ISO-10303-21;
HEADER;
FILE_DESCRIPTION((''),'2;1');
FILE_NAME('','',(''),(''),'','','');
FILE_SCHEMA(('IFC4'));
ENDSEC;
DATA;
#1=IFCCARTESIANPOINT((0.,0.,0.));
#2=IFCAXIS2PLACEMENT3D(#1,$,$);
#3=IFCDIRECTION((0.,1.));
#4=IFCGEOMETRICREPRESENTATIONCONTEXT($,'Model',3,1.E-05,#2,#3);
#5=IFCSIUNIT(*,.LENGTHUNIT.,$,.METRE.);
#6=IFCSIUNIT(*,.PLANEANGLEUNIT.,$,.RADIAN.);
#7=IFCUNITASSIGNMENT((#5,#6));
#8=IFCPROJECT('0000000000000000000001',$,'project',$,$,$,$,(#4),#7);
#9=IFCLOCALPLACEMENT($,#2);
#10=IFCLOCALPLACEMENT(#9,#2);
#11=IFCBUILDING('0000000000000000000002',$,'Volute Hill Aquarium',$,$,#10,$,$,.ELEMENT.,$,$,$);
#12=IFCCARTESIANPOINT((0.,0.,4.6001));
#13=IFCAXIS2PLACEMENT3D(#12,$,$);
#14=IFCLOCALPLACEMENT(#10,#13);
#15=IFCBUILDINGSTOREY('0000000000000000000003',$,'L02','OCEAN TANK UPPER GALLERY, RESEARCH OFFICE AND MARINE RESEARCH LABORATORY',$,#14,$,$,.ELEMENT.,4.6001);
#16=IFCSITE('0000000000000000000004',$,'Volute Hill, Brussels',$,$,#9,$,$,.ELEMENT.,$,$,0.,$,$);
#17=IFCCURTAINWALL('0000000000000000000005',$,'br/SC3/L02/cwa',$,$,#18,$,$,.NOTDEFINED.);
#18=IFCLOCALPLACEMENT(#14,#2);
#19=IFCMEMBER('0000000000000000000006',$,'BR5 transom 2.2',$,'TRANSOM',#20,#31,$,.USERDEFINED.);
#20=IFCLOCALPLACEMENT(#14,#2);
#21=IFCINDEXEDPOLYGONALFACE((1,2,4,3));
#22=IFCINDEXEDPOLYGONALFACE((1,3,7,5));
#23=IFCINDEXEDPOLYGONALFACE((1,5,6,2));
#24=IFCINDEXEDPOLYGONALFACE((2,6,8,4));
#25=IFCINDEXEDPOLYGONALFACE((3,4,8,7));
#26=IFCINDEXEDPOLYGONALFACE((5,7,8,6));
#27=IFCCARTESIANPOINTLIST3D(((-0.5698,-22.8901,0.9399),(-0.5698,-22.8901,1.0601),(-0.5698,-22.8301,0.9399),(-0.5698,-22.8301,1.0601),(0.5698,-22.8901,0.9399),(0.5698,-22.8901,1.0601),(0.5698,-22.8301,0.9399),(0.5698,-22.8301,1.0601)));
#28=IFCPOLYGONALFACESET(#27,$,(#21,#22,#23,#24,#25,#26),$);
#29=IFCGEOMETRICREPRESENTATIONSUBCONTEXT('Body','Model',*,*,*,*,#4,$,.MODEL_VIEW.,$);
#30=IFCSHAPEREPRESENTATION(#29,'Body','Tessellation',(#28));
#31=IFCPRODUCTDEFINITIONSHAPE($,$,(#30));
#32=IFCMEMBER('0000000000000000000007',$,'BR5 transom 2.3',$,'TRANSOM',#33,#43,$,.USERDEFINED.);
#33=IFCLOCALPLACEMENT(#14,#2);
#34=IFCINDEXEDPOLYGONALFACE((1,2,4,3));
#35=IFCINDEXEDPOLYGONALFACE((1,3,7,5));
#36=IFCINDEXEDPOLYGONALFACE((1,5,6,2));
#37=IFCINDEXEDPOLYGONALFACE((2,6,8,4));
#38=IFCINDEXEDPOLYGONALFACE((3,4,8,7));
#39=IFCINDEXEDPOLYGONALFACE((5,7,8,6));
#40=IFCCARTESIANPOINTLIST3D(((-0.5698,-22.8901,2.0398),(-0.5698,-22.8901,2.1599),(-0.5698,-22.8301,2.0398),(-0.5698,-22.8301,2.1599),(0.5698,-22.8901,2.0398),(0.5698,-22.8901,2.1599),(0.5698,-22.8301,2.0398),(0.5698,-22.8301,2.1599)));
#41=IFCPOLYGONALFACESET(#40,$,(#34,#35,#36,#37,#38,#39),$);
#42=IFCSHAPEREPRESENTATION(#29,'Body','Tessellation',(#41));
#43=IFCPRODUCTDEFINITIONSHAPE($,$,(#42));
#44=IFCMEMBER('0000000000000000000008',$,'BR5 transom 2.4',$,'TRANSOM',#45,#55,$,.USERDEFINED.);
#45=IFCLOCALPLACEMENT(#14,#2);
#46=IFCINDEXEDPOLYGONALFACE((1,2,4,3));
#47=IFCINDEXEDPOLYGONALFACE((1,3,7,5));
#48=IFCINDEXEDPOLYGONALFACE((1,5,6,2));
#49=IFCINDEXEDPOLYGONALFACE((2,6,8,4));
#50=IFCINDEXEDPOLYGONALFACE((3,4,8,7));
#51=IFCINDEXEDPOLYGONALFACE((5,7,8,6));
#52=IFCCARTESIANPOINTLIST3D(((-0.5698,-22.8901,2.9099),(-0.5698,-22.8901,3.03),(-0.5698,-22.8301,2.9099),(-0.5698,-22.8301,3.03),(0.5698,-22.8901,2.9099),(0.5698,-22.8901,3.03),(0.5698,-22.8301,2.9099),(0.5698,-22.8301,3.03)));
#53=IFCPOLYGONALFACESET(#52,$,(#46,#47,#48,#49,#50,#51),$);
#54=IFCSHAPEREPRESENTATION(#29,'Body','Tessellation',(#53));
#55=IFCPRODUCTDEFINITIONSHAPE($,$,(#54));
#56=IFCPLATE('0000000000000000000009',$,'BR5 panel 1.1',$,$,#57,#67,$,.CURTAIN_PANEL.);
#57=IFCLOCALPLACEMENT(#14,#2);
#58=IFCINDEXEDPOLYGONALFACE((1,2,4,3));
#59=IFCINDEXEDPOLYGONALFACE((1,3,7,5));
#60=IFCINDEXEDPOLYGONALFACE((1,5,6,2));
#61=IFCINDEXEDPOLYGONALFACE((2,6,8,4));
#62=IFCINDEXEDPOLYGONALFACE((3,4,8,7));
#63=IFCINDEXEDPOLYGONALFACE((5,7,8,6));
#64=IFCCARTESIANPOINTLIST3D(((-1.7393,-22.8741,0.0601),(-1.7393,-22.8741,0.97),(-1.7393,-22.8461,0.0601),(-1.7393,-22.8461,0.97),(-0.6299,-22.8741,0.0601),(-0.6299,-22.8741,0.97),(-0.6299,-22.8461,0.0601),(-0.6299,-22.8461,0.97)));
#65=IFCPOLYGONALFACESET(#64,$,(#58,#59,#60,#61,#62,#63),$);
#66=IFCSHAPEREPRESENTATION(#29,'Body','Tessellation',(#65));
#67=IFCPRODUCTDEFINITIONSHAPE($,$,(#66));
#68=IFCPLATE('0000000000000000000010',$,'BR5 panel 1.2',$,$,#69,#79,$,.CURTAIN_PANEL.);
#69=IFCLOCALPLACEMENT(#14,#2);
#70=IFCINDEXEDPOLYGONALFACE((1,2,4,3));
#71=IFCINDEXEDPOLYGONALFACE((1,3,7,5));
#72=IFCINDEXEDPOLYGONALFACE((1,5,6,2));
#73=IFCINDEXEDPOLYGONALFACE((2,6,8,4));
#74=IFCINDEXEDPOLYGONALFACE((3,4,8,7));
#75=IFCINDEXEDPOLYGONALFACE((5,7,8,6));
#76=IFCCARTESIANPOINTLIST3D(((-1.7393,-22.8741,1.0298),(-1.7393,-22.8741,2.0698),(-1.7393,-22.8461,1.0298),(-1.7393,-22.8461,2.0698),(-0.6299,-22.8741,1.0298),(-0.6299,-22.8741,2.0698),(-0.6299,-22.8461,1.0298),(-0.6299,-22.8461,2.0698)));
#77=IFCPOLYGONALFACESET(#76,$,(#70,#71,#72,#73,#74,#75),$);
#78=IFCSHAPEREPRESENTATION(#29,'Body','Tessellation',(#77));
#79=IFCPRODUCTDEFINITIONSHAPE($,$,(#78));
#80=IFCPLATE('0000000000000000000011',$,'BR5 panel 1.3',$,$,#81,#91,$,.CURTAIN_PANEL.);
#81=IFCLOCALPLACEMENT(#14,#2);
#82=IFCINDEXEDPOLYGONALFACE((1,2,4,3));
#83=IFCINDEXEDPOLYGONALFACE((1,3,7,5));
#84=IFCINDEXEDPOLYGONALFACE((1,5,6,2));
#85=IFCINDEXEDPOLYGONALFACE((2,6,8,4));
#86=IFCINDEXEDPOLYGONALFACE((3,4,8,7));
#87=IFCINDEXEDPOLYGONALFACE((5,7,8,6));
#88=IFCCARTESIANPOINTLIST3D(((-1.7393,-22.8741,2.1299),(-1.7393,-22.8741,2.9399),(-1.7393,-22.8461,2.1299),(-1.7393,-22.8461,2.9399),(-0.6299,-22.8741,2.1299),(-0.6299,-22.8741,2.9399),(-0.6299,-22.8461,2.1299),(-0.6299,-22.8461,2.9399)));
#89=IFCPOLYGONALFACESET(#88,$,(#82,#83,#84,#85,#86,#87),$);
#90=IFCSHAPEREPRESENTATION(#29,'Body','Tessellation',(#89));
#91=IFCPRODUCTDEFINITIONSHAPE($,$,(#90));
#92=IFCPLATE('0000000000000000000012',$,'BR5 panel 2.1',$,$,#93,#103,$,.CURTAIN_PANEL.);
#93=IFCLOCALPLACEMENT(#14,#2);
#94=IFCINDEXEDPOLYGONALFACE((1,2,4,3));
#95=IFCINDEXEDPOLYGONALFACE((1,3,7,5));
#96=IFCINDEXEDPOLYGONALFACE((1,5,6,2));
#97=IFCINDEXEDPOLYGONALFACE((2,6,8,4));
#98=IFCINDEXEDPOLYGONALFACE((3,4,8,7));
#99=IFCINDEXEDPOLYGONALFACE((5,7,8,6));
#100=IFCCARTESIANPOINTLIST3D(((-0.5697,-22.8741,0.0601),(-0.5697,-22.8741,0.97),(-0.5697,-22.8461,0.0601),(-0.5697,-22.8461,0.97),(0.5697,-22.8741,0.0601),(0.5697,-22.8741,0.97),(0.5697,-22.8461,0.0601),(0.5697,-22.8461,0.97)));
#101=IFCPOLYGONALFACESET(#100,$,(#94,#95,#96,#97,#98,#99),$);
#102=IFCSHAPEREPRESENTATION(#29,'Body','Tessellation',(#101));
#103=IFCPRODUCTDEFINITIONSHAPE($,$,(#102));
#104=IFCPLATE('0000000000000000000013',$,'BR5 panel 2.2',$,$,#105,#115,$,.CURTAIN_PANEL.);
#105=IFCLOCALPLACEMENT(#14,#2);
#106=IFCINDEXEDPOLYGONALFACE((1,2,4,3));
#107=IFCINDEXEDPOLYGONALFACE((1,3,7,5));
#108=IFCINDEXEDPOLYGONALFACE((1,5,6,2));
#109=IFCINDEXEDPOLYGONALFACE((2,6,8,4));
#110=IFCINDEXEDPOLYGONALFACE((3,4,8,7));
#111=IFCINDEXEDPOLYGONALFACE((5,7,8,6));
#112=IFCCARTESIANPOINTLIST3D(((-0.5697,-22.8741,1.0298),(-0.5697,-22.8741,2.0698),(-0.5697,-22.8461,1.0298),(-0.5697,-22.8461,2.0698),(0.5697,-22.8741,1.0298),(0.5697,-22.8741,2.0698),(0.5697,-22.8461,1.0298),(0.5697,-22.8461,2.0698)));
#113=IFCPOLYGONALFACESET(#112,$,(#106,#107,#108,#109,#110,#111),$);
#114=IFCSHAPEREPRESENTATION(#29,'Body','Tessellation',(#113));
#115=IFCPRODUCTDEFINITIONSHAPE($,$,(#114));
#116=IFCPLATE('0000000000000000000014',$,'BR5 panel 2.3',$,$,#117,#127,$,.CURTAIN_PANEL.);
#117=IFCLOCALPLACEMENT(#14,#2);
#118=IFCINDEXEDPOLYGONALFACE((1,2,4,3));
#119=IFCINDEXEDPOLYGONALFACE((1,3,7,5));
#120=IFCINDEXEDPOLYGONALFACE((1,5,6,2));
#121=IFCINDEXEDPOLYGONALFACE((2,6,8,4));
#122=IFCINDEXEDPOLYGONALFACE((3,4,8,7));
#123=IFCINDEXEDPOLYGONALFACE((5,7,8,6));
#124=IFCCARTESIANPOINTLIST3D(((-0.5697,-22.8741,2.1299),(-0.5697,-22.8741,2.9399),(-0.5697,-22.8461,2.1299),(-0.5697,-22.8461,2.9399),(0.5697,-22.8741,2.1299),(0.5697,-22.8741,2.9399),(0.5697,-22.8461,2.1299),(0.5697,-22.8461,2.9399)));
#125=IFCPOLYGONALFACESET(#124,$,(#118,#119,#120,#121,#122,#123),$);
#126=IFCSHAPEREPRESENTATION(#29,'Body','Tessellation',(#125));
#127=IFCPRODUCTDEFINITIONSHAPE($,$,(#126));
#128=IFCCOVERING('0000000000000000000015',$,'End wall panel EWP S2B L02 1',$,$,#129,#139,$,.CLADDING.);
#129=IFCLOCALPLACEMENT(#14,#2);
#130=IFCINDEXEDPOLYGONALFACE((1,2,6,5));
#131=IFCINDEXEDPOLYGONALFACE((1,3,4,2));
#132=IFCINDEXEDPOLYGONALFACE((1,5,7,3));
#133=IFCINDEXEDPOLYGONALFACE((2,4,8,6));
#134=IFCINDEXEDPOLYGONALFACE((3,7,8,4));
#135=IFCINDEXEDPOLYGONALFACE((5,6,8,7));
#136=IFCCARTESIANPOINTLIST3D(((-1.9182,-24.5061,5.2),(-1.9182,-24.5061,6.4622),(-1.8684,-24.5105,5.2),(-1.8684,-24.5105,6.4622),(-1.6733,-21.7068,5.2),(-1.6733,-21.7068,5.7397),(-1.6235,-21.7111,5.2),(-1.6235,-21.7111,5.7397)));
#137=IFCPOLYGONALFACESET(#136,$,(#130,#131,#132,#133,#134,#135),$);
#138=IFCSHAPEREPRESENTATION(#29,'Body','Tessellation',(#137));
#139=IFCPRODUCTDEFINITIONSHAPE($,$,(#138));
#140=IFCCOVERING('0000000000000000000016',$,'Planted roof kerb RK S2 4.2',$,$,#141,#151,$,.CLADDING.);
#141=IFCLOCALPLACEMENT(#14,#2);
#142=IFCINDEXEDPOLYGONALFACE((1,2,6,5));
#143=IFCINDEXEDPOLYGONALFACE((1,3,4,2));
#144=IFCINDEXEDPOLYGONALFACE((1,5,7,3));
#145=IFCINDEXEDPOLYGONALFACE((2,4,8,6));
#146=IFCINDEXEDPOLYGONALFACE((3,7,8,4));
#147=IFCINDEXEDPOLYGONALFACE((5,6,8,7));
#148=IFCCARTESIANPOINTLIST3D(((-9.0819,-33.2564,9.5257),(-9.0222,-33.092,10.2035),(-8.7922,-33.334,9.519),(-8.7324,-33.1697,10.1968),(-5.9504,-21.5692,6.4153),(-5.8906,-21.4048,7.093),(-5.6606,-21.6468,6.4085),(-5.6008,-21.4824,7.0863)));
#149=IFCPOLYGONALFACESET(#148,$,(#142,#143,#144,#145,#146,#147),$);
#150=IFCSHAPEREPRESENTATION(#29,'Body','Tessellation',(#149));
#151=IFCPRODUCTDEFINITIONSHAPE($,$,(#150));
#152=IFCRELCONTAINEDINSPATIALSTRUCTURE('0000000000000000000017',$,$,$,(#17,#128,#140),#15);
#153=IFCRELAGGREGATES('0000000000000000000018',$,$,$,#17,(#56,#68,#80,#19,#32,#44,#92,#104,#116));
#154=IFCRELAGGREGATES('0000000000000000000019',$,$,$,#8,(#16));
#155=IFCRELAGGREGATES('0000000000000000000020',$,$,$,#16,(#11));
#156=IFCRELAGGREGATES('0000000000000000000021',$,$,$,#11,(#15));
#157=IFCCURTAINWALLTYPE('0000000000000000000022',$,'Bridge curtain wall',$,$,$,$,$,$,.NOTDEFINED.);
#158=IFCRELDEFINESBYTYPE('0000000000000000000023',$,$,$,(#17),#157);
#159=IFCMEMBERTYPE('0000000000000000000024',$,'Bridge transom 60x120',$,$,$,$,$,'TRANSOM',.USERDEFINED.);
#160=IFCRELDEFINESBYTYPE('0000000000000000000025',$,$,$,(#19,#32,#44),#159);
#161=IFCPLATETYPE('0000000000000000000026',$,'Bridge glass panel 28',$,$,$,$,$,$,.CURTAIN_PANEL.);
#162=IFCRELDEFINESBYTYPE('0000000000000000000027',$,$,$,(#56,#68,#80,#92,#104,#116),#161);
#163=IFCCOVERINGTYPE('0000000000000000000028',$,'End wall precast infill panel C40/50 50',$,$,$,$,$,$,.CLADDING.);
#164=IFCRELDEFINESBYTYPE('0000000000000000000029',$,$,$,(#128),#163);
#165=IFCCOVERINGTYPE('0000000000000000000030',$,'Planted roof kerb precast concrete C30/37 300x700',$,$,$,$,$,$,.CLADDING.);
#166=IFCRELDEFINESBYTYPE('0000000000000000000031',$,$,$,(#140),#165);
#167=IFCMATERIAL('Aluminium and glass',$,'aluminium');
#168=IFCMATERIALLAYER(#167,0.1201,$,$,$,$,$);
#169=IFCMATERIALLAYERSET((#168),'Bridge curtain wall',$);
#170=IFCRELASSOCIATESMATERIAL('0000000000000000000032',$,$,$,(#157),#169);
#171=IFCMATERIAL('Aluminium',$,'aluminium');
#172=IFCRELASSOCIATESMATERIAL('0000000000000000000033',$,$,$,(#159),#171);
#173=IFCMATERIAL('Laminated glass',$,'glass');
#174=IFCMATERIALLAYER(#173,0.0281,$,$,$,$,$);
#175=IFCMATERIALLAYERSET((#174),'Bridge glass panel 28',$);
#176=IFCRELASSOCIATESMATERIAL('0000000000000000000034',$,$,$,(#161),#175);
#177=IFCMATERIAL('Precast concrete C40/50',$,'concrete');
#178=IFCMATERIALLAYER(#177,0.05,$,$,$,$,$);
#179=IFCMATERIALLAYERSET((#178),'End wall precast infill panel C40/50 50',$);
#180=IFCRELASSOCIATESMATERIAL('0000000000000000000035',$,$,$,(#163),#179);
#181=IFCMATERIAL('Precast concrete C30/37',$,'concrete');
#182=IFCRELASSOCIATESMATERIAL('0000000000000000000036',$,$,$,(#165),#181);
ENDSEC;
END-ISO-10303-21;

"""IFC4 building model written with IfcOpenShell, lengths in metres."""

from ifc_helpers import new_model, si_unit, direction, frame, origin, origin_2d, place, context, subcontext, project, spatial, polyline, rectangle, outline, extrude, material, layer, layer_set, material_profile, profile_set, type_object, element, aggregate, save


model = new_model("IFC4")

# Units and contexts
model_context = context("Model", 3, precision=1e-05, world=origin(), true_north=direction((0.0, 1.0)))
body_context = subcontext(model_context, "Body", "Model", "MODEL_VIEW")
ifc_project = project(units=[si_unit("LENGTHUNIT", "METRE"), si_unit("PLANEANGLEUNIT", "RADIAN")], contexts=[model_context])

# Site, building, storey
site_placement = place(None, origin())
site = spatial("IfcSite", under=ifc_project, at=site_placement, Name="Volute Hill, Brussels", CompositionType="ELEMENT", RefElevation=0.0)
building_placement = place(site_placement, origin())
building = spatial("IfcBuilding", under=site, at=building_placement, Name="Volute Hill Aquarium", CompositionType="ELEMENT")
storey_placement = place(building_placement, frame((0.0, 0.0, 4.6001)))
storey = spatial("IfcBuildingStorey", under=building, at=storey_placement, Name="L02", Description="OCEAN TANK UPPER GALLERY, RESEARCH OFFICE AND MARINE RESEARCH LABORATORY", CompositionType="ELEMENT", Elevation=4.6001)

# Curtain wall
ifc_material_1 = material(Name="Aluminium and glass", Category="aluminium")
ifc_layer_1 = layer(ifc_material_1, 0.1201)
ifc_layer_set_1 = layer_set([ifc_layer_1], Name="Bridge curtain wall")
curtain_wall_type = type_object("IfcCurtainWallType", Name="Bridge curtain wall", PredefinedType="NOTDEFINED", material=ifc_layer_set_1)
curtain_wall_placement = place(storey_placement, origin())
curtain_wall = element("IfcCurtainWall", 1, at=curtain_wall_placement, inside=storey, type_object=curtain_wall_type, Name="br/SC3/L02/cwa", PredefinedType="NOTDEFINED")

# Members
ifc_material_2 = material(Name="Aluminium", Category="aluminium")
ifc_material_profile_1 = material_profile(ifc_material_2, rectangle(XDim=0.0601, YDim=0.1201, at=origin_2d()), Name="Aluminium transom 60x120")
ifc_profile_set_1 = profile_set([ifc_material_profile_1], Name="Aluminium")
member_type_1 = type_object("IfcMemberType", Name="Bridge transom 60x120", ElementType="TRANSOM", PredefinedType="USERDEFINED", material=ifc_profile_set_1)
member_1_placement = place(storey_placement, frame((-0.5698, -22.8601, 1.0), z_axis=(1.0, 0.0, 0.0), x_axis=(0.0, 1.0, 0.0)))
member_1 = element("IfcMember", 2, at=member_1_placement, type_object=member_type_1, Name="BR5 transom 2.2", ObjectType="TRANSOM", PredefinedType="USERDEFINED", context=body_context, shape_type="SweptSolid", body=[
    extrude(rectangle(XDim=0.0601, YDim=0.1201, at=origin_2d()), origin(), (0.0, 0.0, 1.0), 1.1396),
])
member_2_placement = place(storey_placement, frame((-0.5698, -22.8601, 2.0999), z_axis=(1.0, 0.0, 0.0), x_axis=(0.0, 1.0, 0.0)))
member_2 = element("IfcMember", 3, at=member_2_placement, type_object=member_type_1, Name="BR5 transom 2.3", ObjectType="TRANSOM", PredefinedType="USERDEFINED", context=body_context, shape_type="SweptSolid", body=[
    extrude(rectangle(XDim=0.0601, YDim=0.1201, at=origin_2d()), origin(), (0.0, 0.0, 1.0), 1.1396),
])
member_3_placement = place(storey_placement, frame((-0.5698, -22.8601, 2.97), z_axis=(1.0, 0.0, 0.0), x_axis=(0.0, 1.0, 0.0)))
member_3 = element("IfcMember", 4, at=member_3_placement, type_object=member_type_1, Name="BR5 transom 2.4", ObjectType="TRANSOM", PredefinedType="USERDEFINED", context=body_context, shape_type="SweptSolid", body=[
    extrude(rectangle(XDim=0.0601, YDim=0.1201, at=origin_2d()), origin(), (0.0, 0.0, 1.0), 1.1396),
])

# Plates
ifc_material_3 = material(Name="Laminated glass", Category="glass")
ifc_layer_2 = layer(ifc_material_3, 0.0281)
ifc_layer_set_2 = layer_set([ifc_layer_2], Name="Bridge glass panel 28")
plate_type = type_object("IfcPlateType", Name="Bridge glass panel 28", PredefinedType="CURTAIN_PANEL", material=ifc_layer_set_2)
plate_1_placement = place(storey_placement, frame((-1.1846, -22.8601, 0.0601), z_axis=(0.0, 0.0, 1.0), x_axis=(1.0, 0.0, 0.0)))
plate_1 = element("IfcPlate", 5, at=plate_1_placement, type_object=plate_type, Name="BR5 panel 1.1", PredefinedType="CURTAIN_PANEL", context=body_context, shape_type="SweptSolid", body=[
    extrude(rectangle(XDim=1.1094, YDim=0.0281, at=origin_2d()), origin(), (0.0, 0.0, 1.0), 0.9099),
])
plate_2_placement = place(storey_placement, frame((-1.1846, -22.8601, 1.0298), z_axis=(0.0, 0.0, 1.0), x_axis=(1.0, 0.0, 0.0)))
plate_2 = element("IfcPlate", 6, at=plate_2_placement, type_object=plate_type, Name="BR5 panel 1.2", PredefinedType="CURTAIN_PANEL", context=body_context, shape_type="SweptSolid", body=[
    extrude(rectangle(XDim=1.1094, YDim=0.0281, at=origin_2d()), origin(), (0.0, 0.0, 1.0), 1.04),
])
plate_3_placement = place(storey_placement, frame((-1.1846, -22.8601, 2.1299), z_axis=(0.0, 0.0, 1.0), x_axis=(1.0, 0.0, 0.0)))
plate_3 = element("IfcPlate", 7, at=plate_3_placement, type_object=plate_type, Name="BR5 panel 1.3", PredefinedType="CURTAIN_PANEL", context=body_context, shape_type="SweptSolid", body=[
    extrude(rectangle(XDim=1.1094, YDim=0.0281, at=origin_2d()), origin(), (0.0, 0.0, 1.0), 0.8101),
])
plate_4_placement = place(storey_placement, frame((0.0, -22.8601, 0.0601), z_axis=(0.0, 0.0, 1.0), x_axis=(1.0, 0.0, 0.0)))
plate_4 = element("IfcPlate", 8, at=plate_4_placement, type_object=plate_type, Name="BR5 panel 2.1", PredefinedType="CURTAIN_PANEL", context=body_context, shape_type="SweptSolid", body=[
    extrude(rectangle(XDim=1.1394, YDim=0.0281, at=origin_2d()), origin(), (0.0, 0.0, 1.0), 0.9099),
])
plate_5_placement = place(storey_placement, frame((0.0, -22.8601, 1.0298), z_axis=(0.0, 0.0, 1.0), x_axis=(1.0, 0.0, 0.0)))
plate_5 = element("IfcPlate", 9, at=plate_5_placement, type_object=plate_type, Name="BR5 panel 2.2", PredefinedType="CURTAIN_PANEL", context=body_context, shape_type="SweptSolid", body=[
    extrude(rectangle(XDim=1.1394, YDim=0.0281, at=origin_2d()), origin(), (0.0, 0.0, 1.0), 1.04),
])
plate_6_placement = place(storey_placement, frame((0.0, -22.8601, 2.1299), z_axis=(0.0, 0.0, 1.0), x_axis=(1.0, 0.0, 0.0)))
plate_6 = element("IfcPlate", 10, at=plate_6_placement, type_object=plate_type, Name="BR5 panel 2.3", PredefinedType="CURTAIN_PANEL", context=body_context, shape_type="SweptSolid", body=[
    extrude(rectangle(XDim=1.1394, YDim=0.0281, at=origin_2d()), origin(), (0.0, 0.0, 1.0), 0.8101),
])
aggregate(curtain_wall, [plate_1, plate_2, plate_3, member_1, member_2, member_3, plate_4, plate_5, plate_6])

# Coverings
ifc_material_4 = material(Name="Precast concrete C40/50", Category="concrete")
ifc_layer_3 = layer(ifc_material_4, 0.05)
ifc_layer_set_3 = layer_set([ifc_layer_3], Name="End wall precast infill panel C40/50 50")
covering_type_1 = type_object("IfcCoveringType", Name="End wall precast infill panel C40/50 50", PredefinedType="CLADDING", material=ifc_layer_set_3)
covering_1_placement = place(storey_placement, frame((-1.6733, -21.7068, 5.2), z_axis=(-0.996196, 0.087143, 0.0), x_axis=(-0.087143, -0.996196, 0.0)))
element("IfcCovering", 11, at=covering_1_placement, inside=storey, type_object=covering_type_1, Name="End wall panel EWP S2B L02 1", PredefinedType="CLADDING", context=body_context, shape_type="SweptSolid", body=[
    extrude(outline(polyline([(0.0, 0.0), (2.81, 0.0), (2.81, 1.2622), (0.0, 0.5398), (0.0, 0.0)])), origin(), (0.0, 0.0, -1.0), 0.05),
])
ifc_material_5 = material(Name="Precast concrete C30/37", Category="concrete")
covering_type_2 = type_object("IfcCoveringType", Name="Planted roof kerb precast concrete C30/37 300x700", PredefinedType="CLADDING", material=ifc_material_5)
covering_2_placement = place(storey_placement, frame((-5.8906, -21.4048, 7.093), z_axis=(0.085345, 0.234833, 0.968282), x_axis=(-0.250668, -0.935508, 0.248978)))
element("IfcCovering", 12, at=covering_2_placement, inside=storey, type_object=covering_type_2, Name="Planted roof kerb RK S2 4.2", PredefinedType="CLADDING", context=body_context, shape_type="SweptSolid", body=[
    extrude(outline(polyline([(0.0, 0.0), (12.4929, 0.0), (12.4913, 0.3001), (-0.0017, 0.3001), (0.0, 0.0)])), origin(), (0.0, 0.0, -1.0), 0.7),
])

save(model, "model.ifc")
